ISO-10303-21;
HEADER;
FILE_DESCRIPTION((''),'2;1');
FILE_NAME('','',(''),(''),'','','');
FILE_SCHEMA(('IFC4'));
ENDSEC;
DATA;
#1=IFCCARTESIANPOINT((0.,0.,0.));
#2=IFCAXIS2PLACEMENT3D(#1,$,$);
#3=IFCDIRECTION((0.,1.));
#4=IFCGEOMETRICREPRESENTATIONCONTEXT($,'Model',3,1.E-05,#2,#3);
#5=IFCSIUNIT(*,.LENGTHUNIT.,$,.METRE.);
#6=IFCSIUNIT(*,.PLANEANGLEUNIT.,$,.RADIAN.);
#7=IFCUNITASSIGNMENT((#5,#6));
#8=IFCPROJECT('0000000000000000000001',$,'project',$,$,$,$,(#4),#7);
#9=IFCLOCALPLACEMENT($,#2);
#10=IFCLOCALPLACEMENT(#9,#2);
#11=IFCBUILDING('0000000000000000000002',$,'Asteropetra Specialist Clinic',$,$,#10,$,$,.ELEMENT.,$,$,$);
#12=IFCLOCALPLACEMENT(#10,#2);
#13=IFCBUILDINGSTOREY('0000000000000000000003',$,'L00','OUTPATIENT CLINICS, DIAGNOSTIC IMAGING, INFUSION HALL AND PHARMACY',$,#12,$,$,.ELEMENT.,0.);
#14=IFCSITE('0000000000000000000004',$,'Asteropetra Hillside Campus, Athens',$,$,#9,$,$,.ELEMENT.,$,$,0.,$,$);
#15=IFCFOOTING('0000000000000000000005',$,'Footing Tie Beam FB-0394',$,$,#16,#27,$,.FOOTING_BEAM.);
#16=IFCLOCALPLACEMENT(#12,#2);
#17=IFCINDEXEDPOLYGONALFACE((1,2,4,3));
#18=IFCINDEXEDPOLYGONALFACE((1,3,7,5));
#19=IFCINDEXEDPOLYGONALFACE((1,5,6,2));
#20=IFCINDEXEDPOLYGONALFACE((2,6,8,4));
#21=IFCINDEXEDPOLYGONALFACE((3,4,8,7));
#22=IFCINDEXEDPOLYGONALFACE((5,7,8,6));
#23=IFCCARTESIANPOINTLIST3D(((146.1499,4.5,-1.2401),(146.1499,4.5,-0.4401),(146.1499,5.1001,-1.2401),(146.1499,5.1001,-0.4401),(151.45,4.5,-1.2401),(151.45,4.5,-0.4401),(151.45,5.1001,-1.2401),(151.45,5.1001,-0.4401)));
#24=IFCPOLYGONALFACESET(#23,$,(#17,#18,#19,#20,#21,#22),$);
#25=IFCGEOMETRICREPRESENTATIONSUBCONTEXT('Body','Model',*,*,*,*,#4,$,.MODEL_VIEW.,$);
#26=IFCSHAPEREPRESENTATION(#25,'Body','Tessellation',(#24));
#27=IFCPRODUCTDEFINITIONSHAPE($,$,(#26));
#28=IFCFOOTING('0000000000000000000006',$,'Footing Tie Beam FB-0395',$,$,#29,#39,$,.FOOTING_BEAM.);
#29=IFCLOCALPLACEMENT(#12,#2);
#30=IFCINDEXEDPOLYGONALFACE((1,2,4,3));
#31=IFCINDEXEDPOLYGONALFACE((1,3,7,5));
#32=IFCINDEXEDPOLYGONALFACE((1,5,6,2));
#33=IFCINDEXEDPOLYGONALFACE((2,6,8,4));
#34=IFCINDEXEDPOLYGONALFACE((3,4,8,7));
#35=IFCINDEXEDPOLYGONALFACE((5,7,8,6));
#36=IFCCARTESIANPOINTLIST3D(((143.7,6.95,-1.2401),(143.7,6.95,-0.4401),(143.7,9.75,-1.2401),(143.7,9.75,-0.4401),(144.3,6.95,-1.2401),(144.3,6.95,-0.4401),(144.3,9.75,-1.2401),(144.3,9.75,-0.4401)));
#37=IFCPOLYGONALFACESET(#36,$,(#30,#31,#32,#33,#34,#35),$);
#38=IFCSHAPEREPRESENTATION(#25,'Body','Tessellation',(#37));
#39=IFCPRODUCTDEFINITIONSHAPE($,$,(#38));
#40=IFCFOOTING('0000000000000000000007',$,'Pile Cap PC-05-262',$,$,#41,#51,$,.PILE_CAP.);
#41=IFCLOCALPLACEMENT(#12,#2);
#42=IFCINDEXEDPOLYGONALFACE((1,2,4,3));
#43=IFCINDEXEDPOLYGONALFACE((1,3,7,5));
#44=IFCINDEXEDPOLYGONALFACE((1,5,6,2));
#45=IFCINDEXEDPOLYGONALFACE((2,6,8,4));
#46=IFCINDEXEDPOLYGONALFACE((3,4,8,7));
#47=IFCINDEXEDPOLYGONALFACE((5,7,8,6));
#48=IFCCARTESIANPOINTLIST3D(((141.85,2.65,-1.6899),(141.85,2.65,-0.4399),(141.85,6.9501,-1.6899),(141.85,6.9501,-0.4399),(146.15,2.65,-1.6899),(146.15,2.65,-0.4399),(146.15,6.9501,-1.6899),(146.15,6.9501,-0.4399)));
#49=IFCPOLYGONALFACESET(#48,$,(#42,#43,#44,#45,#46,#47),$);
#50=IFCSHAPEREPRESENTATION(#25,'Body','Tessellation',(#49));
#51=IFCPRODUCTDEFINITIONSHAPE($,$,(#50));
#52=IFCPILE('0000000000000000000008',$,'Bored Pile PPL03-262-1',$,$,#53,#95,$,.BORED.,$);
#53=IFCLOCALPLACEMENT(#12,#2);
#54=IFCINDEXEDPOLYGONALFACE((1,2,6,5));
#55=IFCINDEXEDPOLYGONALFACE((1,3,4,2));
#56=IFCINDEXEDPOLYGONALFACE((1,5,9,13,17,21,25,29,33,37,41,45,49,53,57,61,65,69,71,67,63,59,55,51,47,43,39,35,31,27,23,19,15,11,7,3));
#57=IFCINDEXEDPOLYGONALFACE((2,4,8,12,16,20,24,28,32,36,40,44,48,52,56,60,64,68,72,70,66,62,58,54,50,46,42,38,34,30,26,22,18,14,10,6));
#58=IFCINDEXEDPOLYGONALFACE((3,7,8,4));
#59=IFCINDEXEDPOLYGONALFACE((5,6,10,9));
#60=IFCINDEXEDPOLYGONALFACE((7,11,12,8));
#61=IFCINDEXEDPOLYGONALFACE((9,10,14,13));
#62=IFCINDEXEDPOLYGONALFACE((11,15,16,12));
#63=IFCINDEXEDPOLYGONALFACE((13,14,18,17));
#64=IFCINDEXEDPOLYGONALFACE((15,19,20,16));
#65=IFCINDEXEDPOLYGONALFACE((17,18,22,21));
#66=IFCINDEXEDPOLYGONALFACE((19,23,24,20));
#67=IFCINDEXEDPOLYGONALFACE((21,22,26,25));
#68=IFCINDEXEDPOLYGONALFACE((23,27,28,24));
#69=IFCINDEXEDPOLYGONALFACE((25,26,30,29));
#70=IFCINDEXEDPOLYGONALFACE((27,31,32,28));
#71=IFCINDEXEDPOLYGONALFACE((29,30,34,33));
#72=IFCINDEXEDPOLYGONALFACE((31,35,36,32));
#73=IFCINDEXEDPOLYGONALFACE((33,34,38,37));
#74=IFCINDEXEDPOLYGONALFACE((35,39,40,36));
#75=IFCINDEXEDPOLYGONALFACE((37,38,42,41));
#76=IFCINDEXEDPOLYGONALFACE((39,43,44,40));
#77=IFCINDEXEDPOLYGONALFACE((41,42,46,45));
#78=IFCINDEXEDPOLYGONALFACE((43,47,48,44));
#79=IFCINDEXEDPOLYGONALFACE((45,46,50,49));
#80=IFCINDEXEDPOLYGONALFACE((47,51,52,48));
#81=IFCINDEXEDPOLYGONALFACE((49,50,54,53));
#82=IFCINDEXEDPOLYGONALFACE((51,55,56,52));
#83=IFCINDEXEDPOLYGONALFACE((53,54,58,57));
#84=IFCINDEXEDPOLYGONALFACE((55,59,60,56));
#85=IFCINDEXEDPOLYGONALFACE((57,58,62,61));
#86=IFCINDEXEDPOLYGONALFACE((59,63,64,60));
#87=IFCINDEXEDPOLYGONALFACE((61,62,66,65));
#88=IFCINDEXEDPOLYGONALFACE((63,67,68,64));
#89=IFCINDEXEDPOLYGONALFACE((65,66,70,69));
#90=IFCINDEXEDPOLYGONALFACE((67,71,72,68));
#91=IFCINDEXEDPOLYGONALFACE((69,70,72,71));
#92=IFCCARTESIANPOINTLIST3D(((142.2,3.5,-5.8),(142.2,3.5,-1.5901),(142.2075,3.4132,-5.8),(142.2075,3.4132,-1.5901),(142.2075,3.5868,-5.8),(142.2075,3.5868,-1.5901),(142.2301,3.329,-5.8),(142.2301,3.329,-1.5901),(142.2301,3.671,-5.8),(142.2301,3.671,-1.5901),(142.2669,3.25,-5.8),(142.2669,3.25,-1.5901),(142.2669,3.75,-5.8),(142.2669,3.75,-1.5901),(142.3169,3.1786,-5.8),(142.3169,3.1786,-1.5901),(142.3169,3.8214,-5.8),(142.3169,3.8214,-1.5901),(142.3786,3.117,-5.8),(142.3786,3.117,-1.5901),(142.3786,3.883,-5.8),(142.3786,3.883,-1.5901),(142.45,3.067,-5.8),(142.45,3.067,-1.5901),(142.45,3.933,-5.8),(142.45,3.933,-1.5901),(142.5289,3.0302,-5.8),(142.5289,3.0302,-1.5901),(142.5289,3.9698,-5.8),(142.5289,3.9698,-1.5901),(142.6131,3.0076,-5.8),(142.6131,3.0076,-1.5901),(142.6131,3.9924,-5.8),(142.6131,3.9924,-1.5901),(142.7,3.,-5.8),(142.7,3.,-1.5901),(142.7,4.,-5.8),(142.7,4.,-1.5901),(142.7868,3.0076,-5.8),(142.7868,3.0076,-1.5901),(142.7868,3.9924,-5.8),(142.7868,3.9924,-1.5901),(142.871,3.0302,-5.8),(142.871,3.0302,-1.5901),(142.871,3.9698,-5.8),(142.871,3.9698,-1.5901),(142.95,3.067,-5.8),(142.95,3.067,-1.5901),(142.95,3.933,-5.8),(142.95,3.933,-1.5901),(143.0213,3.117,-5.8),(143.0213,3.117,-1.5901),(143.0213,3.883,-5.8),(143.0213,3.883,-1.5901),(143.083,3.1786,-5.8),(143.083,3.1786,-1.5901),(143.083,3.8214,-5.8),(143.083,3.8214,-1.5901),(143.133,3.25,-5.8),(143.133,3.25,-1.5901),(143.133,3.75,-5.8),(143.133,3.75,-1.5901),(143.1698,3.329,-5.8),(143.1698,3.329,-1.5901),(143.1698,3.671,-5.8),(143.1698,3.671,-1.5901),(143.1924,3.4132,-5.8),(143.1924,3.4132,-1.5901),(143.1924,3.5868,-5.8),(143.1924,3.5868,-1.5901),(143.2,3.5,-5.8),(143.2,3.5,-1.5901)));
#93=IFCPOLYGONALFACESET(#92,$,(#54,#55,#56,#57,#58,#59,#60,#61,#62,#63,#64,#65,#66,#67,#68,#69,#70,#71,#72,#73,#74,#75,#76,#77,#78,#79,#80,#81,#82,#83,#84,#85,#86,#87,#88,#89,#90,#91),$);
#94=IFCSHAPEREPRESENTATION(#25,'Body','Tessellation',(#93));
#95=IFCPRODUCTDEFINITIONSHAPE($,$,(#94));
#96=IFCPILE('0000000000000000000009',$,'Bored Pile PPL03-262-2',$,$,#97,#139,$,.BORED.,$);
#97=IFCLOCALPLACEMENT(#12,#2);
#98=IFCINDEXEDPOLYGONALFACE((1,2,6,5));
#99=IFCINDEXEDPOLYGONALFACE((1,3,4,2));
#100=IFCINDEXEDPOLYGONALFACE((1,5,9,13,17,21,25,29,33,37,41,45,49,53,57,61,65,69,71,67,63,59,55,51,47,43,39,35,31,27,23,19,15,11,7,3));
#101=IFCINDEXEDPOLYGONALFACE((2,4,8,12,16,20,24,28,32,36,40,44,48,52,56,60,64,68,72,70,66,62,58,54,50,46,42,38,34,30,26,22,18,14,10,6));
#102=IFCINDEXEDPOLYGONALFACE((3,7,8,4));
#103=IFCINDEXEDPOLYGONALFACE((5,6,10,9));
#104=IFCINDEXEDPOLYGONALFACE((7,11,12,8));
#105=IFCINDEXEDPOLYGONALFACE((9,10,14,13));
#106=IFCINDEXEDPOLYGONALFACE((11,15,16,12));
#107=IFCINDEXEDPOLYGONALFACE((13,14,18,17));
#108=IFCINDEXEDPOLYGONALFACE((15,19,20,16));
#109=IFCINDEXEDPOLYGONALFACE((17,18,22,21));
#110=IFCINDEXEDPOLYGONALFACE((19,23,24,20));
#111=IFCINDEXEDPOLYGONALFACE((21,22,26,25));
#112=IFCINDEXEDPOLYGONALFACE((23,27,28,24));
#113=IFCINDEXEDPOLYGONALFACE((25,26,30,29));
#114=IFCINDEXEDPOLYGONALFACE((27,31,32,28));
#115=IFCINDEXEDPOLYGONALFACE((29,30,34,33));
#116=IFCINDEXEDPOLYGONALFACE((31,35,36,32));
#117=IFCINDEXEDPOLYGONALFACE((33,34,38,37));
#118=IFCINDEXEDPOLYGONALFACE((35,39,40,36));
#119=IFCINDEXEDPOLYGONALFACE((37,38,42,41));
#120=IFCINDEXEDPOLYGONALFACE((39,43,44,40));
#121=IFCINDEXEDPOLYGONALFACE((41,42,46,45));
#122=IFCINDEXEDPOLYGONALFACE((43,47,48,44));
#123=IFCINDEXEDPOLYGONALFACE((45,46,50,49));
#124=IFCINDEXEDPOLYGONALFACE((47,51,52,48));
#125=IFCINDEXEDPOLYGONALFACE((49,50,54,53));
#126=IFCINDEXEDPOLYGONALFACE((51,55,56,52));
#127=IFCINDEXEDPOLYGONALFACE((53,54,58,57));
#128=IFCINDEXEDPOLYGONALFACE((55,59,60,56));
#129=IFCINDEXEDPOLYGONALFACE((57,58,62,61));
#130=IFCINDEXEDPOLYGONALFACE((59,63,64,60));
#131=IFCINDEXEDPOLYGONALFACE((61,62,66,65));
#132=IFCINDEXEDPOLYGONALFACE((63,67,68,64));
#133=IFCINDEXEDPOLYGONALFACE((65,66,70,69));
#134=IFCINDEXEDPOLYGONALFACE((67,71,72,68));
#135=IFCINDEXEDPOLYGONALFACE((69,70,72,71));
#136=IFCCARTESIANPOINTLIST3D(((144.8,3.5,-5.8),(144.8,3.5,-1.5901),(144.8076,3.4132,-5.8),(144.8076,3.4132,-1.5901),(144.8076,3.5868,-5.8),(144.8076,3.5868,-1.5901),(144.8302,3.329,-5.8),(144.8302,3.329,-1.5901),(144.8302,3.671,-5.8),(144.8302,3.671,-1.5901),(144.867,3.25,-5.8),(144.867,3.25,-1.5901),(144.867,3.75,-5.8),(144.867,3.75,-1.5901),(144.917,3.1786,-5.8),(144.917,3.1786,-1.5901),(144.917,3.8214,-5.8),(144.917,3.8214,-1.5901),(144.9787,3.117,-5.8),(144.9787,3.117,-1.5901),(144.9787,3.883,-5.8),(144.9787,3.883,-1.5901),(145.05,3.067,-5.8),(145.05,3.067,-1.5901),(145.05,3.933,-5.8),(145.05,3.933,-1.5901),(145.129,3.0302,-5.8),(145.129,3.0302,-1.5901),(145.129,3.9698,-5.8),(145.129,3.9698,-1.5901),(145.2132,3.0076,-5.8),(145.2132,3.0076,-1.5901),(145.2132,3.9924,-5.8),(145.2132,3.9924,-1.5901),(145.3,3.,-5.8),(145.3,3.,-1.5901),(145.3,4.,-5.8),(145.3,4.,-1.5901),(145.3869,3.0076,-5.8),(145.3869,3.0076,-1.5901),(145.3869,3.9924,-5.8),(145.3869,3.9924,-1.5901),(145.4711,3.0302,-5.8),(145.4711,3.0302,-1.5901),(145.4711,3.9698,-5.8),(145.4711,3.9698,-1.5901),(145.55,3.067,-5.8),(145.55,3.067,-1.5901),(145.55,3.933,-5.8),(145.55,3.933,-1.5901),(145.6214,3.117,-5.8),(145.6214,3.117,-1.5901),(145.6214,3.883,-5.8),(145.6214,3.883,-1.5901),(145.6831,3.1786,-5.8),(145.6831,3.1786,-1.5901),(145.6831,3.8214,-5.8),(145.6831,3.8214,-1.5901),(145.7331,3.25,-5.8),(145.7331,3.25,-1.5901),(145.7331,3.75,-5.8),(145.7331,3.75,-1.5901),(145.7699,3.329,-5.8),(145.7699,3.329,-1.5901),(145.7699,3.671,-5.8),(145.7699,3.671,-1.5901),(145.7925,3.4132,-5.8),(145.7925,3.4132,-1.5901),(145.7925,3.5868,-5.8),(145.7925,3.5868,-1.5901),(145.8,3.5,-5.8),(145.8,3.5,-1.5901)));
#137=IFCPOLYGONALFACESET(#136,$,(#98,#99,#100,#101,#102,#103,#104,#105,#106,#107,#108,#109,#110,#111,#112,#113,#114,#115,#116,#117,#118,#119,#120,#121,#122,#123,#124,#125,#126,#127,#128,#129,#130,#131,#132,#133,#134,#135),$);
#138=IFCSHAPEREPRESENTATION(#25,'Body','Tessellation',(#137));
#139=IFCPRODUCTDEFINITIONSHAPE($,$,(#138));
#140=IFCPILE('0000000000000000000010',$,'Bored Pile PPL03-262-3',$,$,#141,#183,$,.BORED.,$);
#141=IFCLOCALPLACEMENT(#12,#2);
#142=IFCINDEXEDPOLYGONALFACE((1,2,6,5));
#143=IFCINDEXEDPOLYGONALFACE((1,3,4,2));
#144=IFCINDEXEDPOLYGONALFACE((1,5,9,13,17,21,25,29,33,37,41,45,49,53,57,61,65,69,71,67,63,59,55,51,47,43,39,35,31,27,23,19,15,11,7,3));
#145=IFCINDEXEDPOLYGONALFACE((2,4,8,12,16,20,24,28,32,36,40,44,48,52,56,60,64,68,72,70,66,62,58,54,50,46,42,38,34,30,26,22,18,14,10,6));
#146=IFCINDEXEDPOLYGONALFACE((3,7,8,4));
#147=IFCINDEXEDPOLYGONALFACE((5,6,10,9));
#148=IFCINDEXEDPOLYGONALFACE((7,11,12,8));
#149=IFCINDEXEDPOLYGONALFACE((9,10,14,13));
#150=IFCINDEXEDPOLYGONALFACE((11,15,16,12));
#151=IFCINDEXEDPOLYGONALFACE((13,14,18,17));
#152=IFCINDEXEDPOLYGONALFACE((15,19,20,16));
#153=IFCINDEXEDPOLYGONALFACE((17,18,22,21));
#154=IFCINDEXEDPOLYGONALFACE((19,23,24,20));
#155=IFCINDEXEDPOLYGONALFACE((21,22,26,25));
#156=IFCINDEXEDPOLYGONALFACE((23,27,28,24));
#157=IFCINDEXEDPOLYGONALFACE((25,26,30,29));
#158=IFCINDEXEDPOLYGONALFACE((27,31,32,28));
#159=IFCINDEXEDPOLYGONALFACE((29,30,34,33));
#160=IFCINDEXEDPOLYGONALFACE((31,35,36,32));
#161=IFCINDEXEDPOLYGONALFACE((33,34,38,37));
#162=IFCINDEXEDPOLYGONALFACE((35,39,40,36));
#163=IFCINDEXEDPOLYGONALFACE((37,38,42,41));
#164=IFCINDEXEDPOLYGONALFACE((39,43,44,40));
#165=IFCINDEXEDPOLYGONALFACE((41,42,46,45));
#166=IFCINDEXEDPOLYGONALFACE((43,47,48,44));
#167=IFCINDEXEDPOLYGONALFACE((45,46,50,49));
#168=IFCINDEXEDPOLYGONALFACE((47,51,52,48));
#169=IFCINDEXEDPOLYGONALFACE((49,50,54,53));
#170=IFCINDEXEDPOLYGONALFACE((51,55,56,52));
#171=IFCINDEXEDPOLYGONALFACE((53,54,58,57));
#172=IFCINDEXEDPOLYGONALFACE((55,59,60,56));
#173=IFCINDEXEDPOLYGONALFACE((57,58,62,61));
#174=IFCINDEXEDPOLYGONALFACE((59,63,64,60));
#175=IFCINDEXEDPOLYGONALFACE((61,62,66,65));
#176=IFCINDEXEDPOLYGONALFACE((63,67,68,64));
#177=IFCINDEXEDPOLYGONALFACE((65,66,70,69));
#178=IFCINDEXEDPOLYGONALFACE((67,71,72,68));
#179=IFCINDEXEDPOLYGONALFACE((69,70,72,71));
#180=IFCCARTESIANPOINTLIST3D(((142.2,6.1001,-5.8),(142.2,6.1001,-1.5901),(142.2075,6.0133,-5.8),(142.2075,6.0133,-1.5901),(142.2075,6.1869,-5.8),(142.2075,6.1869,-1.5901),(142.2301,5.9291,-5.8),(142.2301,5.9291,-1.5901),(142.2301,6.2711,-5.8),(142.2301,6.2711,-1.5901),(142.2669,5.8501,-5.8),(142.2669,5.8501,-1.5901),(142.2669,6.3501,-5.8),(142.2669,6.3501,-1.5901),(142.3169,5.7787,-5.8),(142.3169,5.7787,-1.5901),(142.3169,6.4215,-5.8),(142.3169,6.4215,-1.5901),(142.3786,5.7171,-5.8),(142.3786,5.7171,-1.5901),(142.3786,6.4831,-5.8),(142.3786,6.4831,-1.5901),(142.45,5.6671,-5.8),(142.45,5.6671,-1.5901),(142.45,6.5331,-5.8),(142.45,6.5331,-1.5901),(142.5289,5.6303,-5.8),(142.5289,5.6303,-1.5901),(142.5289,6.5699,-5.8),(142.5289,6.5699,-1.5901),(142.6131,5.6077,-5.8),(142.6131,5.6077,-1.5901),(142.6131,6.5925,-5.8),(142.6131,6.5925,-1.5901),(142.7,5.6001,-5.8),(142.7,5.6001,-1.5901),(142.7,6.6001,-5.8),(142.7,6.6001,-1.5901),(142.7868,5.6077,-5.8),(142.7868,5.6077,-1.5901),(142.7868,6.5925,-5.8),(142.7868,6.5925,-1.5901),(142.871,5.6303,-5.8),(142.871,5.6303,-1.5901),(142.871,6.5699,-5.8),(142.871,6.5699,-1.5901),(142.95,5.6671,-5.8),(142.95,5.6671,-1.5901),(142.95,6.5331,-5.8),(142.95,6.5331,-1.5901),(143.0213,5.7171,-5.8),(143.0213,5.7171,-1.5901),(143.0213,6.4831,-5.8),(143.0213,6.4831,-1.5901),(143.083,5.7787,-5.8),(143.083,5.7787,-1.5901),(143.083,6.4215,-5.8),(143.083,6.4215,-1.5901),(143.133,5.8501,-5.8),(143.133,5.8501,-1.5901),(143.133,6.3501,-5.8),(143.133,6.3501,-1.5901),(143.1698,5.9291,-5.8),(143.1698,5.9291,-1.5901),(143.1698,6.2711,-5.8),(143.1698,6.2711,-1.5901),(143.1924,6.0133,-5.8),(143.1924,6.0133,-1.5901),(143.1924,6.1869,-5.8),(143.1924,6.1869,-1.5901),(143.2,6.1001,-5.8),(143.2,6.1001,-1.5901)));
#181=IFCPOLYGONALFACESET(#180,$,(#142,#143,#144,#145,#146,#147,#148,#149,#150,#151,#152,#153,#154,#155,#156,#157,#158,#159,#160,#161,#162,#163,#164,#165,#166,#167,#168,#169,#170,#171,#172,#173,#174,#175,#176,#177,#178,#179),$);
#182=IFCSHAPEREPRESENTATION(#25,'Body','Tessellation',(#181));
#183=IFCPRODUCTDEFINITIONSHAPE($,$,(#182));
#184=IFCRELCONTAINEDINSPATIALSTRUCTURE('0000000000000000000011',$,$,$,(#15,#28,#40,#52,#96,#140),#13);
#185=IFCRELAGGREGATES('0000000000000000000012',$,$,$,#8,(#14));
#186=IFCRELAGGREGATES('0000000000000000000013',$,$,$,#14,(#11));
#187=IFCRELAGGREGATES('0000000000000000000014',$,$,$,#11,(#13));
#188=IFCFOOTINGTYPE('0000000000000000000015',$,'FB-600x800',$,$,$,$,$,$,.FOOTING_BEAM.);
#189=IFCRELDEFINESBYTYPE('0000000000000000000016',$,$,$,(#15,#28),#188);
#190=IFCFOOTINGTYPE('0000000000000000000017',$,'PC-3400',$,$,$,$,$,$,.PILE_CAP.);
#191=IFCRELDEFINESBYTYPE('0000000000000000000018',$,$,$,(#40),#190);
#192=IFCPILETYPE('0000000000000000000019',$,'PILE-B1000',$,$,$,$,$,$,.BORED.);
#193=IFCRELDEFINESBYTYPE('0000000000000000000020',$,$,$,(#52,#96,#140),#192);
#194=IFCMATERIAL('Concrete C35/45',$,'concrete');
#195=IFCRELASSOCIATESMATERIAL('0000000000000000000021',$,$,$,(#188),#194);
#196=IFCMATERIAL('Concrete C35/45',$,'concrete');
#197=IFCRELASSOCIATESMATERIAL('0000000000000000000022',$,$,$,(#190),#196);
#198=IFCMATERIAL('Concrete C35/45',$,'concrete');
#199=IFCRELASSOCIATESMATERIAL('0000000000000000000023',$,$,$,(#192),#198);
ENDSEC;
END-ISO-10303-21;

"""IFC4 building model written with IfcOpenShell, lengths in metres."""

from ifc_helpers import new_model, si_unit, direction, frame, origin, origin_2d, place, context, subcontext, project, spatial, rectangle, circle, extrude, material, material_profile, profile_set, type_object, element, save


model = new_model("IFC4")

# Units and contexts
model_context = context("Model", 3, precision=1e-05, world=origin(), true_north=direction((0.0, 1.0)))
body_context = subcontext(model_context, "Body", "Model", "MODEL_VIEW")
ifc_project = project(units=[si_unit("LENGTHUNIT", "METRE"), si_unit("PLANEANGLEUNIT", "RADIAN")], contexts=[model_context])

# Site, building, storey
site_placement = place(None, origin())
site = spatial("IfcSite", under=ifc_project, at=site_placement, Name="Asteropetra Hillside Campus, Athens", CompositionType="ELEMENT", RefElevation=0.0)
building_placement = place(site_placement, origin())
building = spatial("IfcBuilding", under=site, at=building_placement, Name="Asteropetra Specialist Clinic", CompositionType="ELEMENT")
storey_placement = place(building_placement, origin())
storey = spatial("IfcBuildingStorey", under=building, at=storey_placement, Name="L00", Description="OUTPATIENT CLINICS, DIAGNOSTIC IMAGING, INFUSION HALL AND PHARMACY", CompositionType="ELEMENT", Elevation=0.0)

# Footings
ifc_material_1 = material(Name="Concrete C35/45", Category="concrete")
ifc_material_profile_1 = material_profile(ifc_material_1, rectangle(XDim=0.6001, YDim=0.8, at=origin_2d()), Name="FB 600x800")
ifc_profile_set_1 = profile_set([ifc_material_profile_1], Name="Concrete C35/45")
footing_type_1 = type_object("IfcFootingType", Name="FB-600x800", PredefinedType="FOOTING_BEAM", material=ifc_profile_set_1)
footing_1_placement = place(storey_placement, frame((146.1499, 4.8, -0.8401), z_axis=(1.0, 0.0, 0.0), x_axis=(0.0, 1.0, 0.0)))
element("IfcFooting", 1, at=footing_1_placement, inside=storey, type_object=footing_type_1, Name="Footing Tie Beam FB-0394", PredefinedType="FOOTING_BEAM", context=body_context, shape_type="SweptSolid", body=[
    extrude(rectangle(XDim=0.6001, YDim=0.8, at=origin_2d()), origin(), (0.0, 0.0, 1.0), 5.3),
])
footing_2_placement = place(storey_placement, frame((144.0, 6.95, -0.8401), z_axis=(0.0, 1.0, 0.0), x_axis=(-1.0, 0.0, 0.0)))
element("IfcFooting", 2, at=footing_2_placement, inside=storey, type_object=footing_type_1, Name="Footing Tie Beam FB-0395", PredefinedType="FOOTING_BEAM", context=body_context, shape_type="SweptSolid", body=[
    extrude(rectangle(XDim=0.6001, YDim=0.8, at=origin_2d()), origin(), (0.0, 0.0, 1.0), 2.8),
])
ifc_material_2 = material(Name="Concrete C35/45", Category="concrete")
footing_type_2 = type_object("IfcFootingType", Name="PC-3400", PredefinedType="PILE_CAP", material=ifc_material_2)
footing_3_placement = place(storey_placement, frame((144.0, 4.8, -1.6899), z_axis=(0.0, 0.0, 1.0), x_axis=(1.0, 0.0, 0.0)))
element("IfcFooting", 3, at=footing_3_placement, inside=storey, type_object=footing_type_2, Name="Pile Cap PC-05-262", PredefinedType="PILE_CAP", context=body_context, shape_type="SweptSolid", body=[
    extrude(rectangle(XDim=4.3, YDim=4.3, at=origin_2d()), origin(), (0.0, 0.0, 1.0), 1.25),
])

# Piles
ifc_material_3 = material(Name="Concrete C35/45", Category="concrete")
ifc_material_profile_2 = material_profile(ifc_material_3, circle(Radius=0.5, at=origin_2d()), Name="PILE D1000")
ifc_profile_set_2 = profile_set([ifc_material_profile_2], Name="Concrete C35/45")
pile_type_1 = type_object("IfcPileType", Name="PILE-B1000", PredefinedType="BORED", material=ifc_profile_set_2)
for number, where, z_axis, x_axis, name in (
    (4, (142.7, 3.5, -1.5901), (0.0, 0.0, -1.0), (1.0, 0.0, 0.0), "Bored Pile PPL03-262-1"),
    (5, (145.3, 3.5, -1.5901), (0.0, 0.0, -1.0), (1.0, 0.0, 0.0), "Bored Pile PPL03-262-2"),
    (6, (142.7, 6.1001, -1.5901), (0.0, 0.0, -1.0), (1.0, 0.0, 0.0), "Bored Pile PPL03-262-3"),
):
    element("IfcPile", number, at=place(storey_placement, frame(where, z_axis=z_axis, x_axis=x_axis)), inside=storey, type_object=pile_type_1, Name=name, PredefinedType="BORED", context=body_context, shape_type="SweptSolid", body=[
        extrude(circle(Radius=0.5, at=origin_2d()), origin(), (0.0, 0.0, 1.0), 4.21),
    ])

save(model, "model.ifc")
